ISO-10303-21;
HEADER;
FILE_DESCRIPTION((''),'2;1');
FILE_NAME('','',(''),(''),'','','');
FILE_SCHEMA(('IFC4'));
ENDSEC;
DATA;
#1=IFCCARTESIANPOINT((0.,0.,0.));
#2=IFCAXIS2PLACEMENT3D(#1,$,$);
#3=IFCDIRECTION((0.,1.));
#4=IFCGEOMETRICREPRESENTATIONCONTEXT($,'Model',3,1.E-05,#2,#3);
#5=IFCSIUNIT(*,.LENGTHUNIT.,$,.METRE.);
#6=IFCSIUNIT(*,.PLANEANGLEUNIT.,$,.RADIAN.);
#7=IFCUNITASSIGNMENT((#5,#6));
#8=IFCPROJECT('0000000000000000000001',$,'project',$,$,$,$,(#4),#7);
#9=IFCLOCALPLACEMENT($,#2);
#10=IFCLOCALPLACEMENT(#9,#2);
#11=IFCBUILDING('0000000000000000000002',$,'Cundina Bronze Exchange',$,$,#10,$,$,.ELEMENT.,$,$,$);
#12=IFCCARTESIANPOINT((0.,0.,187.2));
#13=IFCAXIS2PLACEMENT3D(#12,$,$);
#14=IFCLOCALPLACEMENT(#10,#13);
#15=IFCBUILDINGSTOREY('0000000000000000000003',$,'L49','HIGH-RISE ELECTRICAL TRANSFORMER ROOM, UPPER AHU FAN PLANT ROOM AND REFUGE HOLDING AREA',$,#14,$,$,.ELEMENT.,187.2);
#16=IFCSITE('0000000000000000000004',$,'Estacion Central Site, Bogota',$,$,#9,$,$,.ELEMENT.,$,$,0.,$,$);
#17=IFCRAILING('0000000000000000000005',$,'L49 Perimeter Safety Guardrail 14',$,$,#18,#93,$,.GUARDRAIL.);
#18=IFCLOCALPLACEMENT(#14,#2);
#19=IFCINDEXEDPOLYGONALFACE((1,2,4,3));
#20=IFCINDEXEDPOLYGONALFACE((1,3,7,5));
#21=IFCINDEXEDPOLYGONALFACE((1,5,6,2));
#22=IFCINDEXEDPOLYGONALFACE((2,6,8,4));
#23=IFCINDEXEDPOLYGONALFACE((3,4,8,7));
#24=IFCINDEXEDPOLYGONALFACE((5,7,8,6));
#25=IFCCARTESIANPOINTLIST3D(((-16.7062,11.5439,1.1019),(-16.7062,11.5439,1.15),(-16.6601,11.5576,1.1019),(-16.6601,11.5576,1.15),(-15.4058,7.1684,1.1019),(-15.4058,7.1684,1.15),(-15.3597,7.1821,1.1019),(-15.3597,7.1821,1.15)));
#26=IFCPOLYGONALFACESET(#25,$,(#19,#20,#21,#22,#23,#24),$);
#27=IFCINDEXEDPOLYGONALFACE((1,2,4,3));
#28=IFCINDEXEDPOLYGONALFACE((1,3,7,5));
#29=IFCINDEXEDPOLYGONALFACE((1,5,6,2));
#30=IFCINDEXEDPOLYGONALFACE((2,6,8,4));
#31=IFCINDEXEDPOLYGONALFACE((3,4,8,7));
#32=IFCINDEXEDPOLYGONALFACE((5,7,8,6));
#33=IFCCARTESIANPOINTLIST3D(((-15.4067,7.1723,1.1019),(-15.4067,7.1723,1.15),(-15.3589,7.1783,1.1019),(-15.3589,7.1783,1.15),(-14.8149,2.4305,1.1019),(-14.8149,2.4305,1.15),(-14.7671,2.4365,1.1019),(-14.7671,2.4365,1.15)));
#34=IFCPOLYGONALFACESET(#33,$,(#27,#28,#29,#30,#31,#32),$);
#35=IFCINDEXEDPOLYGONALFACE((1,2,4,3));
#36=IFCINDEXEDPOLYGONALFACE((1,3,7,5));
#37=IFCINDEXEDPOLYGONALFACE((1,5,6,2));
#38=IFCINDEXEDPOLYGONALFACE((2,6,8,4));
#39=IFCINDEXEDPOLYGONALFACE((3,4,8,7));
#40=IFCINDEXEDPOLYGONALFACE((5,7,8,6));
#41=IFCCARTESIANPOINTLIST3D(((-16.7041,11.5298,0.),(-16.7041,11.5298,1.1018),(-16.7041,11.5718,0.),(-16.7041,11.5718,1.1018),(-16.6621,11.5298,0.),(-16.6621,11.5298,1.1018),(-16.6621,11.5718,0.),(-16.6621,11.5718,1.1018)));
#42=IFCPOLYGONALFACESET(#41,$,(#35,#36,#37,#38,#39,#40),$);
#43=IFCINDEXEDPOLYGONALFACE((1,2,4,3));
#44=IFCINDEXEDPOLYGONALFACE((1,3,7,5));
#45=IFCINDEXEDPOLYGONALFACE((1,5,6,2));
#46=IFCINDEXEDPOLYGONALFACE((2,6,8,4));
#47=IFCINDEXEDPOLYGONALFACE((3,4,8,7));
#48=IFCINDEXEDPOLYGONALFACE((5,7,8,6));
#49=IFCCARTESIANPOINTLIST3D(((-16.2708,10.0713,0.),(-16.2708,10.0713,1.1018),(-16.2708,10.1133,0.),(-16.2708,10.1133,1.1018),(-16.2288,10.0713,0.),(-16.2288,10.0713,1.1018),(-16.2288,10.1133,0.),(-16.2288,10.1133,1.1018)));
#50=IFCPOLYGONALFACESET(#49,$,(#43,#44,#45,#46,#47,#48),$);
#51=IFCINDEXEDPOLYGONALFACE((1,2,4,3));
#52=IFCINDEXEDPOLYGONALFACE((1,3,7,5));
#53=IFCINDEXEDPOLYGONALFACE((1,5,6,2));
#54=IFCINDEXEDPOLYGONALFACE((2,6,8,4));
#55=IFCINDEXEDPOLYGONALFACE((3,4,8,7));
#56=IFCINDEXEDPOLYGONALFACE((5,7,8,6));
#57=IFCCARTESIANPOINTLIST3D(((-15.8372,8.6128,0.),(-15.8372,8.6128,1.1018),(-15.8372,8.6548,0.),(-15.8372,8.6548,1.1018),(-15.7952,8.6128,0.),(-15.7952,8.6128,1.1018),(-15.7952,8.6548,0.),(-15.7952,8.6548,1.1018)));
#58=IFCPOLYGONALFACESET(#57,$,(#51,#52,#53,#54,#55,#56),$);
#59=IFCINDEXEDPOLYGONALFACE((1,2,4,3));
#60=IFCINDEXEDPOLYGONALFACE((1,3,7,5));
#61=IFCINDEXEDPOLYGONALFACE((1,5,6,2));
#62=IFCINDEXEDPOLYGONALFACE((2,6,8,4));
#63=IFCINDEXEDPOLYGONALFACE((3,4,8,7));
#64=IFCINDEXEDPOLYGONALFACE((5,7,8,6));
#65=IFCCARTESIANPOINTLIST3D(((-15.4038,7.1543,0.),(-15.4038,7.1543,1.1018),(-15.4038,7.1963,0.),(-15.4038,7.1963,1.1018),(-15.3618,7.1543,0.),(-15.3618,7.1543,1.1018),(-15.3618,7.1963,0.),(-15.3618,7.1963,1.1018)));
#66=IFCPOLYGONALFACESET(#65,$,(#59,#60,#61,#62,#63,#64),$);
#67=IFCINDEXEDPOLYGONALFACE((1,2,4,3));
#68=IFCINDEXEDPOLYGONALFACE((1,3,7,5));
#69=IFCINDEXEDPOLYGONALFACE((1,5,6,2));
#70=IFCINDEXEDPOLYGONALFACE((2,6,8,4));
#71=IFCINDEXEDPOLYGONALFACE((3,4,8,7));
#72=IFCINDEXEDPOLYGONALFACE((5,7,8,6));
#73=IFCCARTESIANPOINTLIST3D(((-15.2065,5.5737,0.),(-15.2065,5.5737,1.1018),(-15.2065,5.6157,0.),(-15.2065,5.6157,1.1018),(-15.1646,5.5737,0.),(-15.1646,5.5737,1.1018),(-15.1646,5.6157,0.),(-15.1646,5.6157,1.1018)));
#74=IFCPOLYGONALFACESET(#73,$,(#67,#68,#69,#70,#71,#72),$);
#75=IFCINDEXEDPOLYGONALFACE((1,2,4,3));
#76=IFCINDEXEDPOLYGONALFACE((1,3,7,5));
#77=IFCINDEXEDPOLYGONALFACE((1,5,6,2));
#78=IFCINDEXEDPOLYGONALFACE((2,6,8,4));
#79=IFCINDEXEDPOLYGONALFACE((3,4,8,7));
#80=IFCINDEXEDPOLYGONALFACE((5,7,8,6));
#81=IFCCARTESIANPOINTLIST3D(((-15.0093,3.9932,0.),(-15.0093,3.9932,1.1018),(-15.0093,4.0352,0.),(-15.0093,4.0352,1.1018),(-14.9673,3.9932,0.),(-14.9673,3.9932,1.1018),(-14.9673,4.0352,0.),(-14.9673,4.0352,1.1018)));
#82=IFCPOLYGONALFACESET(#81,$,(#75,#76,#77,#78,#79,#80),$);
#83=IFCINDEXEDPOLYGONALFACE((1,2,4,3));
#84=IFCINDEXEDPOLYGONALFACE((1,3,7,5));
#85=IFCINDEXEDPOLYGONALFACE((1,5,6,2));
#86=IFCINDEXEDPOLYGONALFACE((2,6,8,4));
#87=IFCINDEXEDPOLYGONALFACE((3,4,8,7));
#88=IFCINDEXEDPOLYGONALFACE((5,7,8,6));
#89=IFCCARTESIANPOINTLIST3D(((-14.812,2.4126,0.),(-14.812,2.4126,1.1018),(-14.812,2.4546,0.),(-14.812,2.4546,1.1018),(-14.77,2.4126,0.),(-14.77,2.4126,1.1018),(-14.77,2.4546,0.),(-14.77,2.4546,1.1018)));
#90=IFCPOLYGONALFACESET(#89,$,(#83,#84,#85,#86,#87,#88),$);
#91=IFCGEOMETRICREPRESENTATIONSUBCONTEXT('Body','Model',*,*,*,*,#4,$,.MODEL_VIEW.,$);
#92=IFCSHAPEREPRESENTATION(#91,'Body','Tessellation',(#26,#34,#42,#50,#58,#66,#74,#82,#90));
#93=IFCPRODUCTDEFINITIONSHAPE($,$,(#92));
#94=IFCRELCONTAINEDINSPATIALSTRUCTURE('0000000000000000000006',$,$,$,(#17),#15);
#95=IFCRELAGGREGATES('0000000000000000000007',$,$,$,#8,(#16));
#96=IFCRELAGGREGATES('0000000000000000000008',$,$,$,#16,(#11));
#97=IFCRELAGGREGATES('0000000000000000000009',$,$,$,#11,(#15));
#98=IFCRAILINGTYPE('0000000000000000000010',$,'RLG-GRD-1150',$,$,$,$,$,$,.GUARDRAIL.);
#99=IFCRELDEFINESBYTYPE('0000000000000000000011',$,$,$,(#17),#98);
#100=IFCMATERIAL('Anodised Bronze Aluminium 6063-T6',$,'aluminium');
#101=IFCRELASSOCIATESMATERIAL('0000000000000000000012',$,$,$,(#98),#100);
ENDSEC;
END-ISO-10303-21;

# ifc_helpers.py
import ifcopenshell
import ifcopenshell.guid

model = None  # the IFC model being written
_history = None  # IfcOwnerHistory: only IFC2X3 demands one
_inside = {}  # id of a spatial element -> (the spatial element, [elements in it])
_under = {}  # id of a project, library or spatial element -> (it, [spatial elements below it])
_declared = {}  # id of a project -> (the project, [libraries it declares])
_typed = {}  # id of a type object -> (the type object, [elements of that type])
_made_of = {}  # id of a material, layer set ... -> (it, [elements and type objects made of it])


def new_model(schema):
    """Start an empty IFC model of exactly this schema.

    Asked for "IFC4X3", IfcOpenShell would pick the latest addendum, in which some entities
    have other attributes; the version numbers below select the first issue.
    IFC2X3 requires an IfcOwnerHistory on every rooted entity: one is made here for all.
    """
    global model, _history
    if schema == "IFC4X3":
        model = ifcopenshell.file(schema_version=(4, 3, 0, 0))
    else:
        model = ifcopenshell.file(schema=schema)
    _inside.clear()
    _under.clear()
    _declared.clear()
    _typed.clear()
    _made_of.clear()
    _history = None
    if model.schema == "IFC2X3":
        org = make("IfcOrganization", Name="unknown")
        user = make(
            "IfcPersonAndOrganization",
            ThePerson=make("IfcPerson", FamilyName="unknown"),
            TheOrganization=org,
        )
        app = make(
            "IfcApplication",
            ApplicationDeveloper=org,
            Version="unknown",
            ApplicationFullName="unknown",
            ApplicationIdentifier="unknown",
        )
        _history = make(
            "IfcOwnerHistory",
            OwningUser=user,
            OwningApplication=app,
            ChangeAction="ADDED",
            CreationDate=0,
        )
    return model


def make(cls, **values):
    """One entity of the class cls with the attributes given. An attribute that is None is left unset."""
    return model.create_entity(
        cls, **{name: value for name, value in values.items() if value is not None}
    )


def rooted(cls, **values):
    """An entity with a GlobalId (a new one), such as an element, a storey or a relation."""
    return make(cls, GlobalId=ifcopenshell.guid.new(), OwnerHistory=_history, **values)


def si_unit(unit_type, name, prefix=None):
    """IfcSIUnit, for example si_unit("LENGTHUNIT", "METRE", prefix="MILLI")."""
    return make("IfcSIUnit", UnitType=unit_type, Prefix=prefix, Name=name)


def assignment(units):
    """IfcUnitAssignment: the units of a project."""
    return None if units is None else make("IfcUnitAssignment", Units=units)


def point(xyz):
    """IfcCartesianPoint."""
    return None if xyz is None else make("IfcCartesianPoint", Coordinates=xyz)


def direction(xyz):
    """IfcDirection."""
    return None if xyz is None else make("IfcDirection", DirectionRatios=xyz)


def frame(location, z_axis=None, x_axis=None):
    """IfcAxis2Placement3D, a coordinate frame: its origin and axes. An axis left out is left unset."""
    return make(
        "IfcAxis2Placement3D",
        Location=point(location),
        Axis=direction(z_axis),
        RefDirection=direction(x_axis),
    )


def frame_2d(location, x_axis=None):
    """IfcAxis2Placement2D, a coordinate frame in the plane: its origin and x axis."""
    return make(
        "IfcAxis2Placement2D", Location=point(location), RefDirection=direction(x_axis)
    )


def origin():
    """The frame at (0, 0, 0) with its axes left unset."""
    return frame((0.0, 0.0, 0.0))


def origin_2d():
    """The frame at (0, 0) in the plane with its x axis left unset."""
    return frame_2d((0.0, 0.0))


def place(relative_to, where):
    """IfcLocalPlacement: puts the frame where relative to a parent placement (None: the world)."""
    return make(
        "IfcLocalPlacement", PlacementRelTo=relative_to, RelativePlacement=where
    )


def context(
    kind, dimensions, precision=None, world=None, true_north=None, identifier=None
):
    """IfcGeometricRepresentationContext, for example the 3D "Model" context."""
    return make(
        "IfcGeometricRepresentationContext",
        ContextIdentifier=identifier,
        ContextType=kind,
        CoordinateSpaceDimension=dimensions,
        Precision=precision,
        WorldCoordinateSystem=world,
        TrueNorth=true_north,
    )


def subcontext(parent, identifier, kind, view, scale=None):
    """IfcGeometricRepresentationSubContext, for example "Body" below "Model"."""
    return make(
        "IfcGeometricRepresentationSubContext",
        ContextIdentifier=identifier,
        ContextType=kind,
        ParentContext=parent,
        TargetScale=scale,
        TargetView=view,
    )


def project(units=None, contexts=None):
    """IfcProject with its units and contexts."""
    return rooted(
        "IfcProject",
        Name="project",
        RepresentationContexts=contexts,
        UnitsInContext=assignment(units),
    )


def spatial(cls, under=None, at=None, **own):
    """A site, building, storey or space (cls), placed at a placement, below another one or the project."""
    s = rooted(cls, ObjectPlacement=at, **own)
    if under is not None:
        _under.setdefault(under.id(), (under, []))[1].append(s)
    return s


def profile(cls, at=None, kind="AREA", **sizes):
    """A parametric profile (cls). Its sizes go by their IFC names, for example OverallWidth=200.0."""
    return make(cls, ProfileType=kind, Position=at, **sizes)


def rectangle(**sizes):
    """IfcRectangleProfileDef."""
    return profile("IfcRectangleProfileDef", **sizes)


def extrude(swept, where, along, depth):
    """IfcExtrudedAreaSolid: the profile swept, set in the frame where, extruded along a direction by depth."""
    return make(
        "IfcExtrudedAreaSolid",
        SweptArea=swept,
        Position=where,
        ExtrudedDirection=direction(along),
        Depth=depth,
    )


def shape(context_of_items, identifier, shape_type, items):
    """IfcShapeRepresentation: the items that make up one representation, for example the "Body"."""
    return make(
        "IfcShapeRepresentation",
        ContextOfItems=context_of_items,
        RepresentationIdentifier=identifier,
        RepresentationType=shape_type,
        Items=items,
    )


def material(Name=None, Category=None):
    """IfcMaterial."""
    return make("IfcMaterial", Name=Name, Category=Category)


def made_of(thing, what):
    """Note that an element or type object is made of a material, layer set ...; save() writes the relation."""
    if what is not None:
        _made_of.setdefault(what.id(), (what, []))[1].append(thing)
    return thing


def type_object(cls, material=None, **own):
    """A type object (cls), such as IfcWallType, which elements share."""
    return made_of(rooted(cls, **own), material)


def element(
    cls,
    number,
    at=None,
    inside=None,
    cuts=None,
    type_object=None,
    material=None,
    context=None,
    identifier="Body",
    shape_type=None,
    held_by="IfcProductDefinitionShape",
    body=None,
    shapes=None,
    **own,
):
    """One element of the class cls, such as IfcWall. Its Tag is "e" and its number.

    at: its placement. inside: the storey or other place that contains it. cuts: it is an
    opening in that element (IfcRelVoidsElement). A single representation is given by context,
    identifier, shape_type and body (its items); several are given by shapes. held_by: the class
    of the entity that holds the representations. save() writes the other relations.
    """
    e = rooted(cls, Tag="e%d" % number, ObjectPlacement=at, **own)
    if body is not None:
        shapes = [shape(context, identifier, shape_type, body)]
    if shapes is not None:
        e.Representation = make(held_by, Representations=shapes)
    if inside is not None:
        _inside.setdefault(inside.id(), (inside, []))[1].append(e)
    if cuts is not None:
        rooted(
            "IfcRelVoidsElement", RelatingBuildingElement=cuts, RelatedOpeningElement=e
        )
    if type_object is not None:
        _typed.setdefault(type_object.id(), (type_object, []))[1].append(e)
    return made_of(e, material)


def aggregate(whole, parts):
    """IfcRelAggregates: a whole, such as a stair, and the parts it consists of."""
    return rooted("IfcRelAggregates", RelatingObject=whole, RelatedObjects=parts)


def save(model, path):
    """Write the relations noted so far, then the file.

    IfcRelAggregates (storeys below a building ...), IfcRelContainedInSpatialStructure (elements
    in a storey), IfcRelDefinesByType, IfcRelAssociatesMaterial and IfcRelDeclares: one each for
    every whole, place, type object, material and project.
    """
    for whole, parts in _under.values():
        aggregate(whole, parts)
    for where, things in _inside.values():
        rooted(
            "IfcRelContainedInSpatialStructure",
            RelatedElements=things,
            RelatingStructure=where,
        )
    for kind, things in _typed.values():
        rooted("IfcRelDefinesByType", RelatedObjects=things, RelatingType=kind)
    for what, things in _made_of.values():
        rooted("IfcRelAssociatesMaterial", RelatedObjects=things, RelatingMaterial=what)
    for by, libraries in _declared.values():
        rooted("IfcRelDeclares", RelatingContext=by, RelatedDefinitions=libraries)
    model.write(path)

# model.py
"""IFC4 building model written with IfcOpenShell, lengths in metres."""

from ifc_helpers import new_model, si_unit, direction, frame, origin, origin_2d, place, context, subcontext, project, spatial, rectangle, extrude, material, type_object, element, save


model = new_model("IFC4")

# Units and contexts
model_context = context("Model", 3, precision=1e-05, world=origin(), true_north=direction((0.0, 1.0)))
body_context = subcontext(model_context, "Body", "Model", "MODEL_VIEW")
ifc_project = project(units=[si_unit("LENGTHUNIT", "METRE"), si_unit("PLANEANGLEUNIT", "RADIAN")], contexts=[model_context])

# Site, building, storey
site_placement = place(None, origin())
site = spatial("IfcSite", under=ifc_project, at=site_placement, Name="Estacion Central Site, Bogota", CompositionType="ELEMENT", RefElevation=0.0)
building_placement = place(site_placement, origin())
building = spatial("IfcBuilding", under=site, at=building_placement, Name="Cundina Bronze Exchange", CompositionType="ELEMENT")
storey_placement = place(building_placement, frame((0.0, 0.0, 187.2)))
storey = spatial("IfcBuildingStorey", under=building, at=storey_placement, Name="L49", Description="HIGH-RISE ELECTRICAL TRANSFORMER ROOM, UPPER AHU FAN PLANT ROOM AND REFUGE HOLDING AREA", CompositionType="ELEMENT", Elevation=187.2)

# Railing
ifc_material_1 = material(Name="Anodised Bronze Aluminium 6063-T6", Category="aluminium")
railing_type = type_object("IfcRailingType", Name="RLG-GRD-1150", PredefinedType="GUARDRAIL", material=ifc_material_1)
railing_1_placement = place(storey_placement, frame((-16.6831, 11.5508, 0.0)))
element("IfcRailing", 1, at=railing_1_placement, inside=storey, type_object=railing_type, Name="L49 Perimeter Safety Guardrail 14", PredefinedType="GUARDRAIL", context=body_context, shape_type="SweptSolid", body=[
    extrude(rectangle(XDim=0.0481, YDim=0.0481, at=origin_2d()), frame((0.0, 0.0, 1.126), z_axis=(0.284864, -0.958568, 0.0), x_axis=(0.958568, 0.284864, 0.0)), (0.0, 0.0, 1.0), 4.5647),
    extrude(rectangle(XDim=0.0481, YDim=0.0481, at=origin_2d()), frame((1.3003, -4.3755, 1.126), z_axis=(0.123846, -0.992301, 0.0), x_axis=(0.992301, 0.123846, 0.0)), (0.0, 0.0, 1.0), 4.7786),
    extrude(rectangle(XDim=0.042, YDim=0.042, at=origin_2d()), origin(), (0.0, 0.0, 1.0), 1.1018),
    extrude(rectangle(XDim=0.042, YDim=0.042, at=origin_2d()), frame((0.4333, -1.4585, 0.0)), (0.0, 0.0, 1.0), 1.1018),
    extrude(rectangle(XDim=0.042, YDim=0.042, at=origin_2d()), frame((0.8669, -2.917, 0.0)), (0.0, 0.0, 1.0), 1.1018),
    extrude(rectangle(XDim=0.042, YDim=0.042, at=origin_2d()), frame((1.3003, -4.3755, 0.0)), (0.0, 0.0, 1.0), 1.1018),
    extrude(rectangle(XDim=0.042, YDim=0.042, at=origin_2d()), frame((1.4976, -5.9561, 0.0)), (0.0, 0.0, 1.0), 1.1018),
    extrude(rectangle(XDim=0.042, YDim=0.042, at=origin_2d()), frame((1.6948, -7.5366, 0.0)), (0.0, 0.0, 1.0), 1.1018),
    extrude(rectangle(XDim=0.042, YDim=0.042, at=origin_2d()), frame((1.8921, -9.1172, 0.0)), (0.0, 0.0, 1.0), 1.1018),
])

save(model, "model.ifc")
